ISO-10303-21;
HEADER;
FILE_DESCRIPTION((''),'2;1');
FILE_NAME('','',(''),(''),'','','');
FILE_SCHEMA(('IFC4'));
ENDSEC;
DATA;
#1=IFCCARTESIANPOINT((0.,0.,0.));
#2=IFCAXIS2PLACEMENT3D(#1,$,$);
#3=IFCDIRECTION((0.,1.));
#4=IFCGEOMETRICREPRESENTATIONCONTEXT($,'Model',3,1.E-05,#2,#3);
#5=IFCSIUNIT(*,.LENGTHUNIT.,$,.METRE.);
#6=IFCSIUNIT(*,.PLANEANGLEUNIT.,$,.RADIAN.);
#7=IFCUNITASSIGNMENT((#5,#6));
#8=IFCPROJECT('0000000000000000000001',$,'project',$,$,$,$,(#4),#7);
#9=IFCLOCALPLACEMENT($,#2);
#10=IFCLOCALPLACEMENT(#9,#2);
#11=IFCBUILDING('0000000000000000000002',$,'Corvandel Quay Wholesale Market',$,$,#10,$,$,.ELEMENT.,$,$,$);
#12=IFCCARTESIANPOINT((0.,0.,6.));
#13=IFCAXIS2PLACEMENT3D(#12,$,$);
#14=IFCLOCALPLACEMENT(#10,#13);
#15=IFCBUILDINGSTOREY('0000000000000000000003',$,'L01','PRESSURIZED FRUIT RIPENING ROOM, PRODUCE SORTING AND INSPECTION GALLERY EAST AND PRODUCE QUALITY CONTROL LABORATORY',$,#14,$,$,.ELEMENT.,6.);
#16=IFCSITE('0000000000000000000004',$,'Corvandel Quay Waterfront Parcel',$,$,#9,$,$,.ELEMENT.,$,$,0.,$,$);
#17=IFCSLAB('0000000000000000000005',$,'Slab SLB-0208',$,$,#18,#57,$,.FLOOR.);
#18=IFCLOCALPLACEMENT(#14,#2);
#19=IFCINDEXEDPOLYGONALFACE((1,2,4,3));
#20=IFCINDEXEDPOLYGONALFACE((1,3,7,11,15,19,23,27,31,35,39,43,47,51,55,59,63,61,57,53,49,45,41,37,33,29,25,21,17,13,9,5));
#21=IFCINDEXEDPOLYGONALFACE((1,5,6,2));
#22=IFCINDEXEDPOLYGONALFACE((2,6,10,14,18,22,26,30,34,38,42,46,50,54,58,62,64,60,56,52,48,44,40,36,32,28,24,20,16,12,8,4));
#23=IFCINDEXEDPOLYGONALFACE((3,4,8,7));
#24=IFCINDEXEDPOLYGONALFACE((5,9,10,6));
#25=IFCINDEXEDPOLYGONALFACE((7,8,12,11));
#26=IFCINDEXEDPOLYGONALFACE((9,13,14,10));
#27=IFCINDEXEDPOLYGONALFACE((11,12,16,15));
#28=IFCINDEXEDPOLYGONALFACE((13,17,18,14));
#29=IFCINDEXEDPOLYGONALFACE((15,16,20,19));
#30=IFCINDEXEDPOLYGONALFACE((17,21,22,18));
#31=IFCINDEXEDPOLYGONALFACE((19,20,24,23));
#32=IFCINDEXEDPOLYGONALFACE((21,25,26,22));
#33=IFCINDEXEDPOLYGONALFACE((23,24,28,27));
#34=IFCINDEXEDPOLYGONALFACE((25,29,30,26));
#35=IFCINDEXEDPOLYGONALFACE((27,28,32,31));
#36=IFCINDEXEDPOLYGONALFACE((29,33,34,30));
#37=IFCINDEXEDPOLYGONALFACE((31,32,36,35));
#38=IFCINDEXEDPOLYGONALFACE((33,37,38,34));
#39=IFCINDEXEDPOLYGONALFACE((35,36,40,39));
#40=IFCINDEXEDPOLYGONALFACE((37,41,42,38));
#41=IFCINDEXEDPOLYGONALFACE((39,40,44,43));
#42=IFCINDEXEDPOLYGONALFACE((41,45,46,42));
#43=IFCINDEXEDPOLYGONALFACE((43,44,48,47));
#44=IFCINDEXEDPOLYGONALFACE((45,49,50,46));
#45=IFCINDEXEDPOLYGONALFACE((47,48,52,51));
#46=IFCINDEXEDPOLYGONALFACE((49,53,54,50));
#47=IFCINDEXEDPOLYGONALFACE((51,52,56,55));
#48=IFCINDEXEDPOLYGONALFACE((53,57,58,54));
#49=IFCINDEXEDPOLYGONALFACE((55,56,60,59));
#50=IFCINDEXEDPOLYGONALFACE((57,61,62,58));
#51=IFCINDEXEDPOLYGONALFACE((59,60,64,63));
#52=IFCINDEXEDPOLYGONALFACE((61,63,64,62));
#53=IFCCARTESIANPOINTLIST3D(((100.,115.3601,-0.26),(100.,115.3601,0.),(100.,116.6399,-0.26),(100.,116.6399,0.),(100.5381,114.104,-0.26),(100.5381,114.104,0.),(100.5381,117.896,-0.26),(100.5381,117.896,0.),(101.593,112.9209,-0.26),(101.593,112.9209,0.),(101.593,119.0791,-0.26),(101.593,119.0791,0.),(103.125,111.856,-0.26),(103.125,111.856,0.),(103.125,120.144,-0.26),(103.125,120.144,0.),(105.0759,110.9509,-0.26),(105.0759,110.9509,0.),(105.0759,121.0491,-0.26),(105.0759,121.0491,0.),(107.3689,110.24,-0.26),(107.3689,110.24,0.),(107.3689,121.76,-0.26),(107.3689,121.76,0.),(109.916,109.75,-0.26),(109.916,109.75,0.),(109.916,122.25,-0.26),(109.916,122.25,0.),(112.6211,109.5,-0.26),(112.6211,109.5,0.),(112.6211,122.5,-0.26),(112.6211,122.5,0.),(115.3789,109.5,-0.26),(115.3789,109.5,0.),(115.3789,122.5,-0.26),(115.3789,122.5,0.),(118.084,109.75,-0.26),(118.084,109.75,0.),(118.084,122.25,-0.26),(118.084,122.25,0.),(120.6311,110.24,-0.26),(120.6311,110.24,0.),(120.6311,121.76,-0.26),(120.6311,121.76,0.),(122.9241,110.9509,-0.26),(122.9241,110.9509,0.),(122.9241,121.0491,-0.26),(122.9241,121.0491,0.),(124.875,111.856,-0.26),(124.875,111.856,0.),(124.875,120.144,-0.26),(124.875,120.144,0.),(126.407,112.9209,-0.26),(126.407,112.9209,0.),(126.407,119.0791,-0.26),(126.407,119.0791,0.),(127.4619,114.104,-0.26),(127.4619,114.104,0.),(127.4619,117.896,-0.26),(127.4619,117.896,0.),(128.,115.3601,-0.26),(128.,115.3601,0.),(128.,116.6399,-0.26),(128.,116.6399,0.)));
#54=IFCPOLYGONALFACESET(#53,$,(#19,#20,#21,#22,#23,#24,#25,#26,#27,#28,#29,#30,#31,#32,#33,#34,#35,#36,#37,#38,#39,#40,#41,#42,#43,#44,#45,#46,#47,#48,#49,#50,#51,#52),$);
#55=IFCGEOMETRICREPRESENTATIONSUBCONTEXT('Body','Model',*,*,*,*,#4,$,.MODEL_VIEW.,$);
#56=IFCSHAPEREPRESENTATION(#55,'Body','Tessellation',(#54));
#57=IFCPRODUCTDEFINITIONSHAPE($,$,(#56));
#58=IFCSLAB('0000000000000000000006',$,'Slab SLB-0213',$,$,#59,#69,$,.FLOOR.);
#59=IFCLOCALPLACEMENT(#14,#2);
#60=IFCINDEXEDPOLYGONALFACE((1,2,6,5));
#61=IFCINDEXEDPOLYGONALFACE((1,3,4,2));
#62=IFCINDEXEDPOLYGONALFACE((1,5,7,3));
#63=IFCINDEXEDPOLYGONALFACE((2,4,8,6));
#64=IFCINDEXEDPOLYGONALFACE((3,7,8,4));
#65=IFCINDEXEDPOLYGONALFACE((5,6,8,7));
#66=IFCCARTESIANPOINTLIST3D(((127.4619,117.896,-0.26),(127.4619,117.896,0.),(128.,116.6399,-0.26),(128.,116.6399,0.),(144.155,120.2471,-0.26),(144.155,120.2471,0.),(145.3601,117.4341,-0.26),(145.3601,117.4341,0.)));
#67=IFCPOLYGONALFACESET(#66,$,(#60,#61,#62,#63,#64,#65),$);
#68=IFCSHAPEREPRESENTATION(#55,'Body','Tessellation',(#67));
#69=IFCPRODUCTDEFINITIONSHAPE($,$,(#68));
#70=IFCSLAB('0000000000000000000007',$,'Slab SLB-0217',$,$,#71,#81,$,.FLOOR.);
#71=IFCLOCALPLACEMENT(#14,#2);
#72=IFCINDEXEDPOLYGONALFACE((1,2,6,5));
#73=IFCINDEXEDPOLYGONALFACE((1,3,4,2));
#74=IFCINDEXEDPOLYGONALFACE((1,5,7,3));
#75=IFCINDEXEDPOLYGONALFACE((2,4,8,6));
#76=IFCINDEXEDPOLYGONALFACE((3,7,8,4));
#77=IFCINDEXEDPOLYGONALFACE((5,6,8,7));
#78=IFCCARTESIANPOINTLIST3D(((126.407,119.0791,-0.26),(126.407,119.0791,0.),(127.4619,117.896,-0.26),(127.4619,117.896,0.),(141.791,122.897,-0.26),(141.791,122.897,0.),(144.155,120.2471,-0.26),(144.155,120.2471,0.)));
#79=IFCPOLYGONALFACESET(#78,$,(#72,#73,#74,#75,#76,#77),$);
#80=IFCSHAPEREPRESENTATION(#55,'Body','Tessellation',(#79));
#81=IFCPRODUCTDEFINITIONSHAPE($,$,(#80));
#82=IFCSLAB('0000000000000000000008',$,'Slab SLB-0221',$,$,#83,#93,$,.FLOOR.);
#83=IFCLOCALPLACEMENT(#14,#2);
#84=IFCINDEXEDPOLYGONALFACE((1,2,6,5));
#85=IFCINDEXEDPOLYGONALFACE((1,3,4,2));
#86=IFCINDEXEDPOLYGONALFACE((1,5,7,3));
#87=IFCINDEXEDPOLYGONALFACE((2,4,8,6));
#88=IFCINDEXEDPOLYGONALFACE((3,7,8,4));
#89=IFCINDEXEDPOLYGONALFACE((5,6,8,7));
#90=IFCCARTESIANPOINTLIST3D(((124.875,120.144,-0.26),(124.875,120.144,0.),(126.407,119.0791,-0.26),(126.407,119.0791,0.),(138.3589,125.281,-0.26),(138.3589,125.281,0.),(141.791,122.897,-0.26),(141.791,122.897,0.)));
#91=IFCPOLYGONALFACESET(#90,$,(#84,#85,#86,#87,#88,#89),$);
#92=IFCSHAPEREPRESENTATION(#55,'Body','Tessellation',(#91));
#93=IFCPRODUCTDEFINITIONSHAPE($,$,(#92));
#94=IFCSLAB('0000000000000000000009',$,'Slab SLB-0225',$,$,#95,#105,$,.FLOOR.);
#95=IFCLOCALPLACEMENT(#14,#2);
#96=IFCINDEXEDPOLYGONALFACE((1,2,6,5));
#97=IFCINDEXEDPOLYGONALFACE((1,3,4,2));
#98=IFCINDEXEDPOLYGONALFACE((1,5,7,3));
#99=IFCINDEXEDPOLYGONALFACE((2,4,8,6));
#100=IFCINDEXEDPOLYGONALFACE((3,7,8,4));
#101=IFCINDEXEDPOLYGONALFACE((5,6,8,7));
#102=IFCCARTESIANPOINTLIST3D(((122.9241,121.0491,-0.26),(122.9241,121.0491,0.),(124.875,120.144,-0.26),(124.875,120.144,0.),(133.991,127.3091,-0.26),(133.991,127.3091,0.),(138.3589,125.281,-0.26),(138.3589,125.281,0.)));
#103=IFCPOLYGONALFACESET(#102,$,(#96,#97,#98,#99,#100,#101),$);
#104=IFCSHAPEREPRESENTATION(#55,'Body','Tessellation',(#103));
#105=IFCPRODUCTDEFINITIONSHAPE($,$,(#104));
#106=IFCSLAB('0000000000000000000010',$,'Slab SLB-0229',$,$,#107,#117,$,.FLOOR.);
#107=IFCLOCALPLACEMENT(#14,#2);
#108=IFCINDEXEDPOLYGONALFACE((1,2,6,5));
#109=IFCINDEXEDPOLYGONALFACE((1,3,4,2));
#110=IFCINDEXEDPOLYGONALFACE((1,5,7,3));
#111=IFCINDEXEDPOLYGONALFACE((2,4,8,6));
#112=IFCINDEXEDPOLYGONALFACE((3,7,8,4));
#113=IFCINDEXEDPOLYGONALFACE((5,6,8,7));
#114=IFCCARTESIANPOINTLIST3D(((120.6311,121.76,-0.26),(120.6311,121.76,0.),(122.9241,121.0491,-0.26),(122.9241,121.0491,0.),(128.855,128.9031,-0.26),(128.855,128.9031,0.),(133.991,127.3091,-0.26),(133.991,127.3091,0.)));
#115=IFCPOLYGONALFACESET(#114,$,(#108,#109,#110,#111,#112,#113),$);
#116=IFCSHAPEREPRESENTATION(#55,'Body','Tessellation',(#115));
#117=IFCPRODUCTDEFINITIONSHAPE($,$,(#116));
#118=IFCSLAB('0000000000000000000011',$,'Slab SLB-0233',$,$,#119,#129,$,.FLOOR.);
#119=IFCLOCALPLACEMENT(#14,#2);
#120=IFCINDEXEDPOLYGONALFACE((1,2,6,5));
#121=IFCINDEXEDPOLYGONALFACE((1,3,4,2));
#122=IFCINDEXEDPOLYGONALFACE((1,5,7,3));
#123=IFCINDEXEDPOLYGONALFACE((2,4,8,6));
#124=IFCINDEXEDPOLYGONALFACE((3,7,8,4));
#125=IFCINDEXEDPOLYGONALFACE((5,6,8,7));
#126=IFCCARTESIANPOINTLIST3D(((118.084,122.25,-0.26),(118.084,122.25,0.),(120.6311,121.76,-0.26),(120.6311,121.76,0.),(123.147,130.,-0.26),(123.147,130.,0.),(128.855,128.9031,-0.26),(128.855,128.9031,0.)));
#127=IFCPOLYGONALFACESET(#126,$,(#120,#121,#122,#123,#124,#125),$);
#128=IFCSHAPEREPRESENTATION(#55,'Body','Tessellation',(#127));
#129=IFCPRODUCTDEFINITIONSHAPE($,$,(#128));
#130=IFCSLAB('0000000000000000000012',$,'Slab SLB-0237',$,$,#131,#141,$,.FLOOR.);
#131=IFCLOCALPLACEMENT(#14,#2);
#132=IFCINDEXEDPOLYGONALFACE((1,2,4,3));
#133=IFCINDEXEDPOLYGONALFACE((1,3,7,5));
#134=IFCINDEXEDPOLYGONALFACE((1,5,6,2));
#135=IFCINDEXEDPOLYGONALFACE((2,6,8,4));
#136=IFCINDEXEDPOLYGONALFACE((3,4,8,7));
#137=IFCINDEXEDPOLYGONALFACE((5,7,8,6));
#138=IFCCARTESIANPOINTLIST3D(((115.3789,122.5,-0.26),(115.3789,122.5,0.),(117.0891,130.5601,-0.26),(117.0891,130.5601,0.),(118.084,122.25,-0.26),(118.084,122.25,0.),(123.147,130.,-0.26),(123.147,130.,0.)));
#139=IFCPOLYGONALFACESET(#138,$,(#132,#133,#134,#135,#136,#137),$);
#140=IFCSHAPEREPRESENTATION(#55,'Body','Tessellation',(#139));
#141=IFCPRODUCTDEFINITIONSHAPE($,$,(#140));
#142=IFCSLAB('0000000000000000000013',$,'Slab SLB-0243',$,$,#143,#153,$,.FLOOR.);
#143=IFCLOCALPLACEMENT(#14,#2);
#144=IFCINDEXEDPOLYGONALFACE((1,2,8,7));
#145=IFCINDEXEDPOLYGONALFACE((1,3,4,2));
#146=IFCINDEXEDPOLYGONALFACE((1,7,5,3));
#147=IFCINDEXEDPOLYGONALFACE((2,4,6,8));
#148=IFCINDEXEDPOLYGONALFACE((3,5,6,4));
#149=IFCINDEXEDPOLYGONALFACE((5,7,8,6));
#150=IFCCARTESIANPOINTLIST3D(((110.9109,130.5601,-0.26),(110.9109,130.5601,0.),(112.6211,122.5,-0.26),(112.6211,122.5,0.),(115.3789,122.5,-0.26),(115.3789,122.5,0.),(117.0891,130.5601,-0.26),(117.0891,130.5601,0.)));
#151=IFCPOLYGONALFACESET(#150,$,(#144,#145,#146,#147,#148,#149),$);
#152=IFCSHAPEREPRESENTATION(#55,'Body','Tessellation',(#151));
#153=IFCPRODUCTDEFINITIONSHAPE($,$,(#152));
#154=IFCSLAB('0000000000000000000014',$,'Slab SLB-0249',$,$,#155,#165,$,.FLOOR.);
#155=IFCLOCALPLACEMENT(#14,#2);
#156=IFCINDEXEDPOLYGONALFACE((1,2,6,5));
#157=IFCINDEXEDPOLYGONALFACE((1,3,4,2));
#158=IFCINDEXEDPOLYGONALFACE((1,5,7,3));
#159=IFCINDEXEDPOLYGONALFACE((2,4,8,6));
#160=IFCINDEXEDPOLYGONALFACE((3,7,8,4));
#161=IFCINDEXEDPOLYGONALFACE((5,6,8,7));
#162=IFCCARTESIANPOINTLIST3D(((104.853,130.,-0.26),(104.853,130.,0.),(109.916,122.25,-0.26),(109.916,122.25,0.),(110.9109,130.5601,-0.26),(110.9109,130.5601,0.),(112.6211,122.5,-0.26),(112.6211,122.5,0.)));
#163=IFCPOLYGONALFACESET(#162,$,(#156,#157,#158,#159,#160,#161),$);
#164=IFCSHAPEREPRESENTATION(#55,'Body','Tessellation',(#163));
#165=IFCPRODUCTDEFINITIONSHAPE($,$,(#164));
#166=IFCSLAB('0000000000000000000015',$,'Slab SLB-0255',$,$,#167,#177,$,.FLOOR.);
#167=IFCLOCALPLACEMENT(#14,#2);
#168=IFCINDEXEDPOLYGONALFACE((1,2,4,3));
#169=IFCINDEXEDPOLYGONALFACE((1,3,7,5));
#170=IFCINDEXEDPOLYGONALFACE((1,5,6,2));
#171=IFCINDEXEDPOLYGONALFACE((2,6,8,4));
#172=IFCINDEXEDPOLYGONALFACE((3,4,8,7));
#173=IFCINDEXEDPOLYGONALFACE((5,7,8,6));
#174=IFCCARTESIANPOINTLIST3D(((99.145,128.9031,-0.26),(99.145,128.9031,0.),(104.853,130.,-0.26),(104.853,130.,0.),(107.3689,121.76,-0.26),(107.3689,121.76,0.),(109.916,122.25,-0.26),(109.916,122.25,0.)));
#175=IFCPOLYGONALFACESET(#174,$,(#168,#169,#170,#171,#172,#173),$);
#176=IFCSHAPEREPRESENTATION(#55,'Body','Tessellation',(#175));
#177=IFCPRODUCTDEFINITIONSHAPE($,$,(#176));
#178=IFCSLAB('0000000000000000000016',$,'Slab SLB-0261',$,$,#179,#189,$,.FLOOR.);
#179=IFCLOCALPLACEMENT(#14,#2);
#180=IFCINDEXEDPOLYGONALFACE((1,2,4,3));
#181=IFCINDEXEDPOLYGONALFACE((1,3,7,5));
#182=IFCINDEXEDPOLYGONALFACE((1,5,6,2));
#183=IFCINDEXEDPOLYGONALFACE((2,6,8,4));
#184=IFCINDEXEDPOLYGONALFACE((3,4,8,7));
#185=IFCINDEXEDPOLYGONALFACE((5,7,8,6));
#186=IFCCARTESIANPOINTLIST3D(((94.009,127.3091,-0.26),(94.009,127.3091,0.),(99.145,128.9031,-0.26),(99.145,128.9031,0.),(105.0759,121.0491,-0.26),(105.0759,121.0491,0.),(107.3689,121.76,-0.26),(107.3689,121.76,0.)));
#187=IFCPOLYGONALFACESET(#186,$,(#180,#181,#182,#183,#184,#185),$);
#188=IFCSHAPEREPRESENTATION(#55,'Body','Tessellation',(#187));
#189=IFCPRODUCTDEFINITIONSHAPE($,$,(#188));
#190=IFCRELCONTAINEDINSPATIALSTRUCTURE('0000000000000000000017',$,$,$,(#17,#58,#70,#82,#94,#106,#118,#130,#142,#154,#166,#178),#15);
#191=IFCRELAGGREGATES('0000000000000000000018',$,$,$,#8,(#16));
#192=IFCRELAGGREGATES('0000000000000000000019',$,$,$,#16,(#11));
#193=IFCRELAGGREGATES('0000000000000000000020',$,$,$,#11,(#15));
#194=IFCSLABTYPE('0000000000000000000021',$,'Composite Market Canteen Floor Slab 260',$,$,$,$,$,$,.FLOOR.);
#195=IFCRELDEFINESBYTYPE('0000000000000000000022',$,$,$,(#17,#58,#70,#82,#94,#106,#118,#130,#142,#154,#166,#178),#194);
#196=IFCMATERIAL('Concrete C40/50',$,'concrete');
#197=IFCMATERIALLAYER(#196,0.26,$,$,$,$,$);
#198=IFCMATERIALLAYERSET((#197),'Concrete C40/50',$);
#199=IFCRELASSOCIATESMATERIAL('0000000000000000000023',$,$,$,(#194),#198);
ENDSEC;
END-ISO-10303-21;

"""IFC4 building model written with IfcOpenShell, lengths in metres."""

from ifc_helpers import new_model, si_unit, direction, frame, origin, place, context, subcontext, project, spatial, polyline, outline, extrude, material, layer, layer_set, type_object, element, save


model = new_model("IFC4")

# Units and contexts
model_context = context("Model", 3, precision=1e-05, world=origin(), true_north=direction((0.0, 1.0)))
body_context = subcontext(model_context, "Body", "Model", "MODEL_VIEW")
ifc_project = project(units=[si_unit("LENGTHUNIT", "METRE"), si_unit("PLANEANGLEUNIT", "RADIAN")], contexts=[model_context])

# Site, building, storey
site_placement = place(None, origin())
site = spatial("IfcSite", under=ifc_project, at=site_placement, Name="Corvandel Quay Waterfront Parcel", CompositionType="ELEMENT", RefElevation=0.0)
building_placement = place(site_placement, origin())
building = spatial("IfcBuilding", under=site, at=building_placement, Name="Corvandel Quay Wholesale Market", CompositionType="ELEMENT")
storey_placement = place(building_placement, frame((0.0, 0.0, 6.0)))
storey = spatial("IfcBuildingStorey", under=building, at=storey_placement, Name="L01", Description="PRESSURIZED FRUIT RIPENING ROOM, PRODUCE SORTING AND INSPECTION GALLERY EAST AND PRODUCE QUALITY CONTROL LABORATORY", CompositionType="ELEMENT", Elevation=6.0)

# Slabs
ifc_material = material(Name="Concrete C40/50", Category="concrete")
ifc_layer_1 = layer(ifc_material, 0.26)
ifc_layer_set_1 = layer_set([ifc_layer_1], Name="Concrete C40/50")
slab_type_1 = type_object("IfcSlabType", Name="Composite Market Canteen Floor Slab 260", PredefinedType="FLOOR", material=ifc_layer_set_1)
slab_1_placement = place(storey_placement, frame((0.0, 0.0, -0.26)))
element("IfcSlab", 1, at=slab_1_placement, inside=storey, type_object=slab_type_1, Name="Slab SLB-0208", PredefinedType="FLOOR", context=body_context, shape_type="SweptSolid", body=[
    extrude(outline(polyline([(128.0, 116.6399), (127.4619, 117.896), (126.407, 119.0791), (124.875, 120.144), (122.9241, 121.0491), (120.6311, 121.76), (118.084, 122.25), (115.3789, 122.5), (112.6211, 122.5), (109.916, 122.25), (107.3689, 121.76), (105.0759, 121.0491), (103.125, 120.144), (101.593, 119.0791), (100.5381, 117.896), (100.0, 116.6399), (100.0, 115.3601), (100.5381, 114.104), (101.593, 112.9209), (103.125, 111.856), (105.0759, 110.9509), (107.3689, 110.24), (109.916, 109.75), (112.6211, 109.5), (115.3789, 109.5), (118.084, 109.75), (120.6311, 110.24), (122.9241, 110.9509), (124.875, 111.856), (126.407, 112.9209), (127.4619, 114.104), (128.0, 115.3601), (128.0, 116.6399)])), origin(), (0.0, 0.0, 1.0), 0.26),
])
slab_2_placement = place(storey_placement, frame((0.0, 0.0, -0.26)))
element("IfcSlab", 2, at=slab_2_placement, inside=storey, type_object=slab_type_1, Name="Slab SLB-0213", PredefinedType="FLOOR", context=body_context, shape_type="SweptSolid", body=[
    extrude(outline(polyline([(128.0, 116.6399), (127.4619, 117.896), (144.155, 120.2471), (145.3601, 117.4341), (128.0, 116.6399)])), origin(), (0.0, 0.0, 1.0), 0.26),
])
slab_3_placement = place(storey_placement, frame((0.0, 0.0, -0.26)))
element("IfcSlab", 3, at=slab_3_placement, inside=storey, type_object=slab_type_1, Name="Slab SLB-0217", PredefinedType="FLOOR", context=body_context, shape_type="SweptSolid", body=[
    extrude(outline(polyline([(127.4619, 117.896), (126.407, 119.0791), (141.791, 122.897), (144.155, 120.2471), (127.4619, 117.896)])), origin(), (0.0, 0.0, 1.0), 0.26),
])
slab_4_placement = place(storey_placement, frame((0.0, 0.0, -0.26)))
element("IfcSlab", 4, at=slab_4_placement, inside=storey, type_object=slab_type_1, Name="Slab SLB-0221", PredefinedType="FLOOR", context=body_context, shape_type="SweptSolid", body=[
    extrude(outline(polyline([(126.407, 119.0791), (124.875, 120.144), (138.3589, 125.281), (141.791, 122.897), (126.407, 119.0791)])), origin(), (0.0, 0.0, 1.0), 0.26),
])
slab_5_placement = place(storey_placement, frame((0.0, 0.0, -0.26)))
element("IfcSlab", 5, at=slab_5_placement, inside=storey, type_object=slab_type_1, Name="Slab SLB-0225", PredefinedType="FLOOR", context=body_context, shape_type="SweptSolid", body=[
    extrude(outline(polyline([(124.875, 120.144), (122.9241, 121.0491), (133.991, 127.3091), (138.3589, 125.281), (124.875, 120.144)])), origin(), (0.0, 0.0, 1.0), 0.26),
])
slab_6_placement = place(storey_placement, frame((0.0, 0.0, -0.26)))
element("IfcSlab", 6, at=slab_6_placement, inside=storey, type_object=slab_type_1, Name="Slab SLB-0229", PredefinedType="FLOOR", context=body_context, shape_type="SweptSolid", body=[
    extrude(outline(polyline([(122.9241, 121.0491), (120.6311, 121.76), (128.855, 128.9031), (133.991, 127.3091), (122.9241, 121.0491)])), origin(), (0.0, 0.0, 1.0), 0.26),
])
slab_7_placement = place(storey_placement, frame((0.0, 0.0, -0.26)))
element("IfcSlab", 7, at=slab_7_placement, inside=storey, type_object=slab_type_1, Name="Slab SLB-0233", PredefinedType="FLOOR", context=body_context, shape_type="SweptSolid", body=[
    extrude(outline(polyline([(120.6311, 121.76), (118.084, 122.25), (123.147, 130.0), (128.855, 128.9031), (120.6311, 121.76)])), origin(), (0.0, 0.0, 1.0), 0.26),
])
slab_8_placement = place(storey_placement, frame((0.0, 0.0, -0.26)))
element("IfcSlab", 8, at=slab_8_placement, inside=storey, type_object=slab_type_1, Name="Slab SLB-0237", PredefinedType="FLOOR", context=body_context, shape_type="SweptSolid", body=[
    extrude(outline(polyline([(118.084, 122.25), (115.3789, 122.5), (117.0891, 130.5601), (123.147, 130.0), (118.084, 122.25)])), origin(), (0.0, 0.0, 1.0), 0.26),
])
slab_9_placement = place(storey_placement, frame((0.0, 0.0, -0.26)))
element("IfcSlab", 9, at=slab_9_placement, inside=storey, type_object=slab_type_1, Name="Slab SLB-0243", PredefinedType="FLOOR", context=body_context, shape_type="SweptSolid", body=[
    extrude(outline(polyline([(115.3789, 122.5), (112.6211, 122.5), (110.9109, 130.5601), (117.0891, 130.5601), (115.3789, 122.5)])), origin(), (0.0, 0.0, 1.0), 0.26),
])
slab_10_placement = place(storey_placement, frame((0.0, 0.0, -0.26)))
element("IfcSlab", 10, at=slab_10_placement, inside=storey, type_object=slab_type_1, Name="Slab SLB-0249", PredefinedType="FLOOR", context=body_context, shape_type="SweptSolid", body=[
    extrude(outline(polyline([(112.6211, 122.5), (109.916, 122.25), (104.853, 130.0), (110.9109, 130.5601), (112.6211, 122.5)])), origin(), (0.0, 0.0, 1.0), 0.26),
])
slab_11_placement = place(storey_placement, frame((0.0, 0.0, -0.26)))
element("IfcSlab", 11, at=slab_11_placement, inside=storey, type_object=slab_type_1, Name="Slab SLB-0255", PredefinedType="FLOOR", context=body_context, shape_type="SweptSolid", body=[
    extrude(outline(polyline([(109.916, 122.25), (107.3689, 121.76), (99.145, 128.9031), (104.853, 130.0), (109.916, 122.25)])), origin(), (0.0, 0.0, 1.0), 0.26),
])
slab_12_placement = place(storey_placement, frame((0.0, 0.0, -0.26)))
element("IfcSlab", 12, at=slab_12_placement, inside=storey, type_object=slab_type_1, Name="Slab SLB-0261", PredefinedType="FLOOR", context=body_context, shape_type="SweptSolid", body=[
    extrude(outline(polyline([(107.3689, 121.76), (105.0759, 121.0491), (94.009, 127.3091), (99.145, 128.9031), (107.3689, 121.76)])), origin(), (0.0, 0.0, 1.0), 0.26),
])

save(model, "model.ifc")
